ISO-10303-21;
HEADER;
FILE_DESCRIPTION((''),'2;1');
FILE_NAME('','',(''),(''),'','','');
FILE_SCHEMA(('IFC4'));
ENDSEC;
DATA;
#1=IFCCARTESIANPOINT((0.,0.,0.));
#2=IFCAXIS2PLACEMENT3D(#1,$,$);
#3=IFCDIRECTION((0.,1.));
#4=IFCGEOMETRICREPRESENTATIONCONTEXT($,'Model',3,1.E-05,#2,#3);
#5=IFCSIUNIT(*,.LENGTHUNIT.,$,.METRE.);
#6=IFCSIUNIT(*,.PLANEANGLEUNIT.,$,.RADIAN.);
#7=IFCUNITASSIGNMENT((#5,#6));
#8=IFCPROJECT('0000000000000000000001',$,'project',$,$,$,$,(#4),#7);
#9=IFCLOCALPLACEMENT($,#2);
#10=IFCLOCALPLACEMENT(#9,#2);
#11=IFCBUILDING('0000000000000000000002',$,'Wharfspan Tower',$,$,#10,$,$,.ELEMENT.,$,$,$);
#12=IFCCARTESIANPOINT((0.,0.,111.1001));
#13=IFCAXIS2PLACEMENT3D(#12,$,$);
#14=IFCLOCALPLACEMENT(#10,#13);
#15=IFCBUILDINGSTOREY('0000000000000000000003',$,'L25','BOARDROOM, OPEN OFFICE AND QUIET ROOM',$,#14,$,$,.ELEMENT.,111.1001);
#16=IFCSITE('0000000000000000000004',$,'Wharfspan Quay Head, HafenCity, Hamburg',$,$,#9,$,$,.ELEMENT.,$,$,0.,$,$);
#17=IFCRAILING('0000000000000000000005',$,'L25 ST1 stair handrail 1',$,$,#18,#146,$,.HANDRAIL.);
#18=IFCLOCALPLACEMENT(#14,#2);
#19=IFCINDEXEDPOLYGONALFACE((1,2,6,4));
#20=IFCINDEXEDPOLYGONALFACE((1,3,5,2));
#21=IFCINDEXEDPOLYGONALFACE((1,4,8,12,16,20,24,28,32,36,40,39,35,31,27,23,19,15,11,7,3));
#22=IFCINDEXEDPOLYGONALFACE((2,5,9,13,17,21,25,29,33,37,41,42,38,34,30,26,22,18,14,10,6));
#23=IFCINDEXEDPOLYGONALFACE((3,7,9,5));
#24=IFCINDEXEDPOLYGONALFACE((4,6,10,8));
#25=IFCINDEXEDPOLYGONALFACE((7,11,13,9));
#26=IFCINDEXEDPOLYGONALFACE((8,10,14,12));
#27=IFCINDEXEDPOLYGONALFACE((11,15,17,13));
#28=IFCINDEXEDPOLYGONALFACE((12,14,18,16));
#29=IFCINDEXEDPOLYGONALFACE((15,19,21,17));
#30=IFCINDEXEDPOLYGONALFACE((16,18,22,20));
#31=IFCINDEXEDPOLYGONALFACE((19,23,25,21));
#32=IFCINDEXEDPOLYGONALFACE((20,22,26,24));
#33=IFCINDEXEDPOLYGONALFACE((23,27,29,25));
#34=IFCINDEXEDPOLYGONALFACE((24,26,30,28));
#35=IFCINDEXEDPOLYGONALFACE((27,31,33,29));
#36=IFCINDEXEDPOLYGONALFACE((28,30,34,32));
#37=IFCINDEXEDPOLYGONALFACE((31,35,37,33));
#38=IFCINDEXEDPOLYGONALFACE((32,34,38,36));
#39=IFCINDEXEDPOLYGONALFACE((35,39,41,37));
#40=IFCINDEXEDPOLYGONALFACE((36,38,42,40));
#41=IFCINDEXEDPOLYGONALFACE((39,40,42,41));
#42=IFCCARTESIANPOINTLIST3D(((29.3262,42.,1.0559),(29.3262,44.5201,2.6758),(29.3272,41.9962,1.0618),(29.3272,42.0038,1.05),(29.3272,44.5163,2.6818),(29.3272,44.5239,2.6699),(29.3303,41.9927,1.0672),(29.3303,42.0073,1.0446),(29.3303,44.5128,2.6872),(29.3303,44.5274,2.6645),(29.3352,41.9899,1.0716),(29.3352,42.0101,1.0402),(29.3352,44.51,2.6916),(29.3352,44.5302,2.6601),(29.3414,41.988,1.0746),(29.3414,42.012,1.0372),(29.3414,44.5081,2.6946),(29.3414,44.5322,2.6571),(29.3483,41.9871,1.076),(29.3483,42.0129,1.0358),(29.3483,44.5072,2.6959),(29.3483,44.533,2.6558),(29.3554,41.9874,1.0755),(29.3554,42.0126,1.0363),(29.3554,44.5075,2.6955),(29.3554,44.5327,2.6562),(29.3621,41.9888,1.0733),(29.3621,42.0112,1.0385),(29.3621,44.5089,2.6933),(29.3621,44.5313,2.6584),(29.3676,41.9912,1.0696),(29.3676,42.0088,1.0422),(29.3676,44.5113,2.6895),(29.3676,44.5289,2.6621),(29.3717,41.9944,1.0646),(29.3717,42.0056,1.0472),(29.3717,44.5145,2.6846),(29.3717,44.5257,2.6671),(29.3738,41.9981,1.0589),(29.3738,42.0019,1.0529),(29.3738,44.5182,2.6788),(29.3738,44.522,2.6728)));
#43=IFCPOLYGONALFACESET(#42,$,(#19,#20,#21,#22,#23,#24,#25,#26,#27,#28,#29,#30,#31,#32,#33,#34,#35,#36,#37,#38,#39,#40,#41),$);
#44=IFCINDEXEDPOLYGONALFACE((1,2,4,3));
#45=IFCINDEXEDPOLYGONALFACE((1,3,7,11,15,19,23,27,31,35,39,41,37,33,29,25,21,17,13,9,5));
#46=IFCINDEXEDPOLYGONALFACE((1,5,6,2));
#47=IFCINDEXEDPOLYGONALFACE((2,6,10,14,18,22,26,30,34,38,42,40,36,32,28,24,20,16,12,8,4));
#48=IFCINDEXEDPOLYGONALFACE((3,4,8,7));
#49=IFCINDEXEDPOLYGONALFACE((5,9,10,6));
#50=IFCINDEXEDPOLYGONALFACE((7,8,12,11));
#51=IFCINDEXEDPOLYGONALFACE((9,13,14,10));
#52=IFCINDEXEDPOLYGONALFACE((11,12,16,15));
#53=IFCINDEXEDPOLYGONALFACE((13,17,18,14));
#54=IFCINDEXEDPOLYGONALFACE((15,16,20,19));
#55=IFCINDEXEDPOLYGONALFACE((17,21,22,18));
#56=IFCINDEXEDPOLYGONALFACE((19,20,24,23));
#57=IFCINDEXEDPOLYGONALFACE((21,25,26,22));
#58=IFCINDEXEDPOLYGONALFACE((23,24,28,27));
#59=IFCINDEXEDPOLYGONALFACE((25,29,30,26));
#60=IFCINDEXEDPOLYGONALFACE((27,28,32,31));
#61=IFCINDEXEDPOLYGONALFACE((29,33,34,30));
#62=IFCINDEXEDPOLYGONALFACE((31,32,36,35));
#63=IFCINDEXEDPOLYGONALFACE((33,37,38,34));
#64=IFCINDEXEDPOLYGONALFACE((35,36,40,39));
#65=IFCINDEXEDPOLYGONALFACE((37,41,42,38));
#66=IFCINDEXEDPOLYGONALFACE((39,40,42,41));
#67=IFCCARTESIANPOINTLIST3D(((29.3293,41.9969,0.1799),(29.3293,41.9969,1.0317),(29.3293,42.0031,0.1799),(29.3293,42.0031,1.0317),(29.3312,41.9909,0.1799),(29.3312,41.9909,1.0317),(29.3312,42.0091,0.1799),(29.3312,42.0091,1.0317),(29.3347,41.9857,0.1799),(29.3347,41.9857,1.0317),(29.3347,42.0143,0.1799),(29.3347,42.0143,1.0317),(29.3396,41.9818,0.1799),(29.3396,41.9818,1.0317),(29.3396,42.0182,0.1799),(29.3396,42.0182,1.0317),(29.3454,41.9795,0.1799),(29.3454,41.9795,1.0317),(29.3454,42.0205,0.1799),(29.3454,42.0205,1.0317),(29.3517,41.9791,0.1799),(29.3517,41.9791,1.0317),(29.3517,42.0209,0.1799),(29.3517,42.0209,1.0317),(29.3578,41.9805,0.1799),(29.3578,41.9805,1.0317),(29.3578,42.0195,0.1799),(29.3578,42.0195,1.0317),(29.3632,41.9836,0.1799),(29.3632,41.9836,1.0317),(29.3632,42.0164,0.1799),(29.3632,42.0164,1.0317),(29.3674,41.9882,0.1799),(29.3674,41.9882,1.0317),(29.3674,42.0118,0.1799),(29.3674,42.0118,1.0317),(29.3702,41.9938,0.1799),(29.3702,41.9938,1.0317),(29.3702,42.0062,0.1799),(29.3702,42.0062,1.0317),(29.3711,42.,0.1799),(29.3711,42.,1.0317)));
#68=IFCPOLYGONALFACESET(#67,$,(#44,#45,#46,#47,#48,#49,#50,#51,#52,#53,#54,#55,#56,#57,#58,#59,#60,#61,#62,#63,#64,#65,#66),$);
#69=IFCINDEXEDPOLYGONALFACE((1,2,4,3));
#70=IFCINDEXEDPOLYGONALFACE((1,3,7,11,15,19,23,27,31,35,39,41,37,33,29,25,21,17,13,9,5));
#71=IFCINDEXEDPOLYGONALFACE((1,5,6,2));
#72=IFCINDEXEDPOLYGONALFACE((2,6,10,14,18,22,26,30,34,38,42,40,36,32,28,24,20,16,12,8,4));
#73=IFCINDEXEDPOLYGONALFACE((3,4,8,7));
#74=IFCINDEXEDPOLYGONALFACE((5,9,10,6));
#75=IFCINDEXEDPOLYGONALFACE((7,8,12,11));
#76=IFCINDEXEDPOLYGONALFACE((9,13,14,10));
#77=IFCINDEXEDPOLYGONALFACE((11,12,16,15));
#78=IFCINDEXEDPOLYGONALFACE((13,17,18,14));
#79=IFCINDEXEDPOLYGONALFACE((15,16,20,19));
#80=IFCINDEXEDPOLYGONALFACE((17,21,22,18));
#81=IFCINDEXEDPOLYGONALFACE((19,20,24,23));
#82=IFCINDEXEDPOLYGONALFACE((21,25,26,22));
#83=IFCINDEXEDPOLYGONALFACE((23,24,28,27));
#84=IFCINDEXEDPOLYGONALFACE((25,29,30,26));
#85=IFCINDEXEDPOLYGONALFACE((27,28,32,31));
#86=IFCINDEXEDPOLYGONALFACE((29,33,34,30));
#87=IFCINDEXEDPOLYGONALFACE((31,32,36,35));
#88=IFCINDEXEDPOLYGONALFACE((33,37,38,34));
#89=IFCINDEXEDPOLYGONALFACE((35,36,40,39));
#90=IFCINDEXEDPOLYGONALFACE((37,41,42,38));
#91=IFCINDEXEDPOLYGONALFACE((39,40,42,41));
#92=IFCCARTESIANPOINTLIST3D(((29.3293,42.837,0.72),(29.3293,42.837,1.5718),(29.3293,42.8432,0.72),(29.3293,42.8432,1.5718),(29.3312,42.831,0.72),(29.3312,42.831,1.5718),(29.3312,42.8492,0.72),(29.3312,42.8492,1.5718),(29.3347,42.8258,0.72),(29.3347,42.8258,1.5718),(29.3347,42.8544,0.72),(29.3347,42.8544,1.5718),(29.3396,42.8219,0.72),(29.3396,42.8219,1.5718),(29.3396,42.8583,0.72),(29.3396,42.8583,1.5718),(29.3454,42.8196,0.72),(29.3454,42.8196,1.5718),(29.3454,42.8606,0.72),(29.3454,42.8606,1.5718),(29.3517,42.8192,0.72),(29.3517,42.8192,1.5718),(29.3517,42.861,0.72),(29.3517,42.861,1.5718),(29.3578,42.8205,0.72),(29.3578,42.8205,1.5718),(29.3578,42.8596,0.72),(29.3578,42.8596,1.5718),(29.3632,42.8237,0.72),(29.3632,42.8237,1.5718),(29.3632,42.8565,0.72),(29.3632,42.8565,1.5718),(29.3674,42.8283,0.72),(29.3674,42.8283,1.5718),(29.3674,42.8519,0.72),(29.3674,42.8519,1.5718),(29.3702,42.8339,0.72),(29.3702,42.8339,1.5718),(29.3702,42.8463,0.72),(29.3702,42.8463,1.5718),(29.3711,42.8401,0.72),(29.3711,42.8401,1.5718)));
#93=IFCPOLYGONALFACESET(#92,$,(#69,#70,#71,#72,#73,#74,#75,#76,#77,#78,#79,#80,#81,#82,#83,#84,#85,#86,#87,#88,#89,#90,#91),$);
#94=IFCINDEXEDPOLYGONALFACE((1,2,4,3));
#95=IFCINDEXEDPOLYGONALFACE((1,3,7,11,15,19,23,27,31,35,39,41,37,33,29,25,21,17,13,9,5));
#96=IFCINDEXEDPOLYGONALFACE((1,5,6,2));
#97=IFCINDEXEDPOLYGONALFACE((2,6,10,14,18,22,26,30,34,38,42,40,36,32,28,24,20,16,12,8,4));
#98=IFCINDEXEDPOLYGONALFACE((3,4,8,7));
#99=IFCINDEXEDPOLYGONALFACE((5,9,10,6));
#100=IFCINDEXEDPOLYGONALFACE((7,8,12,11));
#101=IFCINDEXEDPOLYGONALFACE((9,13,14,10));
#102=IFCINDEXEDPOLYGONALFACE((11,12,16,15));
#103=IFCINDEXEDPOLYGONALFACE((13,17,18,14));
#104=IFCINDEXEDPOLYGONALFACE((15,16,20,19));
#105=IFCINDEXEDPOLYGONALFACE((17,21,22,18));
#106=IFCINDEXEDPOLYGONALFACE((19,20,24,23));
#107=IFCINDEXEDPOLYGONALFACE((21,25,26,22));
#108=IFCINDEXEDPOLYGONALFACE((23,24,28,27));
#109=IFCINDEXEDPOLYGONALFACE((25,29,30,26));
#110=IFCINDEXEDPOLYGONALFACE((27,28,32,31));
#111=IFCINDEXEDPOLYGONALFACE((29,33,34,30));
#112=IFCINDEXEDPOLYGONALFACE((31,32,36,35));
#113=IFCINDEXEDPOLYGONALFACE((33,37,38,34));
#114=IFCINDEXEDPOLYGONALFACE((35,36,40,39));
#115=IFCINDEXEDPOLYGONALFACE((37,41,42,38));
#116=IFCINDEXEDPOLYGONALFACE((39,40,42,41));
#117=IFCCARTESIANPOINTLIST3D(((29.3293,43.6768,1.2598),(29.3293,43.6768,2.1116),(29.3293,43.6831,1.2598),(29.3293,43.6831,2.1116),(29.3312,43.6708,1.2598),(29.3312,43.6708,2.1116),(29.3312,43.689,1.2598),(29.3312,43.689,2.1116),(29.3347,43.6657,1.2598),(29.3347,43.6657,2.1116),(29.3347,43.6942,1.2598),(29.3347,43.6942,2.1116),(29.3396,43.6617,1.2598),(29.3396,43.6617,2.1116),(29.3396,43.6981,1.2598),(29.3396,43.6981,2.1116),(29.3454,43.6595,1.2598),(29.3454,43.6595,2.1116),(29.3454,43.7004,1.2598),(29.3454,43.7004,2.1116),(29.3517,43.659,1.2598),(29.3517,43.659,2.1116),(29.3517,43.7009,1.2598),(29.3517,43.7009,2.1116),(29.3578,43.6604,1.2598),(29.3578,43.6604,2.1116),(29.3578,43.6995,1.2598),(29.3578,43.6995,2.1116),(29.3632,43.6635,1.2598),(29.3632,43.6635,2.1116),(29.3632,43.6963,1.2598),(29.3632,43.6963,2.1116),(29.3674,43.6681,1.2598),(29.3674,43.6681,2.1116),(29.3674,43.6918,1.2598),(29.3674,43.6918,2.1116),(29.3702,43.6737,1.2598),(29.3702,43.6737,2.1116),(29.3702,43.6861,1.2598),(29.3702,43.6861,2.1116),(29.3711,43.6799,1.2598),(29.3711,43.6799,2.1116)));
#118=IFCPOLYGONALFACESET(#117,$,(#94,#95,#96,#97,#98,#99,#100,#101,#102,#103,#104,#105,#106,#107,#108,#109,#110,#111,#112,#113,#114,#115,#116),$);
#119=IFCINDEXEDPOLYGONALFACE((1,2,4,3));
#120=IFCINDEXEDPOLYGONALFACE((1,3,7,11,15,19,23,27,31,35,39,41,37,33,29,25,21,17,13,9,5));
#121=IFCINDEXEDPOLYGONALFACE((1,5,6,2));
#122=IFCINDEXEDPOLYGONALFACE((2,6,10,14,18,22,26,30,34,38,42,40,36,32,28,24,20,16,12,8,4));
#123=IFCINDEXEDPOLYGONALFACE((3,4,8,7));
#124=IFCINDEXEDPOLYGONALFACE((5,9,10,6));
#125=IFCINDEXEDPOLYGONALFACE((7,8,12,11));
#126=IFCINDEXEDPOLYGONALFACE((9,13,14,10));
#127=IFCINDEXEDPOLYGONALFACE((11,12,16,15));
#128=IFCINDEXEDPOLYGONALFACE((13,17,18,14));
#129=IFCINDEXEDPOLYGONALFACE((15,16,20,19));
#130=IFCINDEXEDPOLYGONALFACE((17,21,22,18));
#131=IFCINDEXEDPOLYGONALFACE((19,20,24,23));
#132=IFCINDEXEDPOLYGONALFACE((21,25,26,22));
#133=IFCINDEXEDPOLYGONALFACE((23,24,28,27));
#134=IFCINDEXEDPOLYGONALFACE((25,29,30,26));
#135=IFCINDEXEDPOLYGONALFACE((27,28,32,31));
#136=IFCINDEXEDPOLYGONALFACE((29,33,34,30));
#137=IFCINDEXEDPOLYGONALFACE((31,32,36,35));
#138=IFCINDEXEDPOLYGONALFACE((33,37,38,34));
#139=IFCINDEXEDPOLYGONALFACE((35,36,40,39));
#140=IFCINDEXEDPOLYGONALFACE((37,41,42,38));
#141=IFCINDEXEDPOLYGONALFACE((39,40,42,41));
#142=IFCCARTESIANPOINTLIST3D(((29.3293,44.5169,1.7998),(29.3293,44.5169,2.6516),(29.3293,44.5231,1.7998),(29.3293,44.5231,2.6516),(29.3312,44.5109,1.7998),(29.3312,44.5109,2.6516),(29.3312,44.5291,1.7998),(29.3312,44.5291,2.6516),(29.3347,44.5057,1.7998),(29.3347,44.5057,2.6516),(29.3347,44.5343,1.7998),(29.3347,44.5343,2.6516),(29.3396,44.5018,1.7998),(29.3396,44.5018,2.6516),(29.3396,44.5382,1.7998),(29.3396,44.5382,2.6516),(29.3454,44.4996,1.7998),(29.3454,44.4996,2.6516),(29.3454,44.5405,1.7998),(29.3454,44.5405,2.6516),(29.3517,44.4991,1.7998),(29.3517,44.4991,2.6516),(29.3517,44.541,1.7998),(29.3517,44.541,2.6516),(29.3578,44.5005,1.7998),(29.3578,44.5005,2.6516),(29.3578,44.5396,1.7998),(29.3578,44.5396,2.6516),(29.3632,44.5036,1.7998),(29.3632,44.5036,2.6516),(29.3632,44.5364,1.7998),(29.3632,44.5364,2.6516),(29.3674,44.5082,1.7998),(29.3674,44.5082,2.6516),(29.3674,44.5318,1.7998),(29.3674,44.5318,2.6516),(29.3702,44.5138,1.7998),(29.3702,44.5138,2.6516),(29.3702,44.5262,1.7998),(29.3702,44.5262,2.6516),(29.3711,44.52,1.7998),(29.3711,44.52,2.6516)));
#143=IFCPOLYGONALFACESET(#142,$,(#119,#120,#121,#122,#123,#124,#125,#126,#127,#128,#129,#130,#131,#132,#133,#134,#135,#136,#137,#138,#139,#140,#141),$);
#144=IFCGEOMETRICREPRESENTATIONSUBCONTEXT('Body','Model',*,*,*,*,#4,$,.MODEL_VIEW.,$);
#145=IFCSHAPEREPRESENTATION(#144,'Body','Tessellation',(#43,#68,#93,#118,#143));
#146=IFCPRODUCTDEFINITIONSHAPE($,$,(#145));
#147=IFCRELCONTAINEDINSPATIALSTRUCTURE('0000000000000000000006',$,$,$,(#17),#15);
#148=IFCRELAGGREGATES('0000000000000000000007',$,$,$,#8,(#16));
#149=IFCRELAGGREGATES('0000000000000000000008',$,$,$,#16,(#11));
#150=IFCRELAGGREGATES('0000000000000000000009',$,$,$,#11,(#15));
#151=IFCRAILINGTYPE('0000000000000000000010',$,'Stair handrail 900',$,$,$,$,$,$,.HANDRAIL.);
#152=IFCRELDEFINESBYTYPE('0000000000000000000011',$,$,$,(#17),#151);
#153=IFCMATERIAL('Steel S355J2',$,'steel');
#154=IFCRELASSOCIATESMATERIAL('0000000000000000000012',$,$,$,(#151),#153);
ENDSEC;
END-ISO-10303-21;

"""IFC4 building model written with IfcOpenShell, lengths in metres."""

from ifc_helpers import new_model, si_unit, direction, frame, origin, origin_2d, place, context, subcontext, project, spatial, circle, extrude, material, type_object, element, save


model = new_model("IFC4")

# Units and contexts
model_context = context("Model", 3, precision=1e-05, world=origin(), true_north=direction((0.0, 1.0)))
body_context = subcontext(model_context, "Body", "Model", "MODEL_VIEW")
ifc_project = project(units=[si_unit("LENGTHUNIT", "METRE"), si_unit("PLANEANGLEUNIT", "RADIAN")], contexts=[model_context])

# Site, building, storey
site_placement = place(None, origin())
site = spatial("IfcSite", under=ifc_project, at=site_placement, Name="Wharfspan Quay Head, HafenCity, Hamburg", CompositionType="ELEMENT", RefElevation=0.0)
building_placement = place(site_placement, origin())
building = spatial("IfcBuilding", under=site, at=building_placement, Name="Wharfspan Tower", CompositionType="ELEMENT")
storey_placement = place(building_placement, frame((0.0, 0.0, 111.1001)))
storey = spatial("IfcBuildingStorey", under=building, at=storey_placement, Name="L25", Description="BOARDROOM, OPEN OFFICE AND QUIET ROOM", CompositionType="ELEMENT", Elevation=111.1001)

# Shared definitions
ifc_material_1 = material(Name="Steel S355J2", Category="steel")

# Railing
railing_type_1 = type_object("IfcRailingType", Name="Stair handrail 900", PredefinedType="HANDRAIL", material=ifc_material_1)
railing_1_placement = place(storey_placement, frame((29.3501, 42.0, 0.1799)))
element("IfcRailing", 1, at=railing_1_placement, inside=storey, type_object=railing_type_1, Name="L25 ST1 stair handrail 1", PredefinedType="HANDRAIL", context=body_context, shape_type="SweptSolid", body=[
    extrude(circle(Radius=0.0239, at=origin_2d()), frame((0.0, 0.0, 0.876), z_axis=(0.0, 0.8412, 0.540725), x_axis=(-1.0, 0.0, 0.0)), (0.0, 0.0, 1.0), 2.9958),
    extrude(circle(Radius=0.021, at=origin_2d()), origin(), (0.0, 0.0, 1.0), 0.8518),
    extrude(circle(Radius=0.021, at=origin_2d()), frame((0.0, 0.8401, 0.54)), (0.0, 0.0, 1.0), 0.8518),
    extrude(circle(Radius=0.021, at=origin_2d()), frame((0.0, 1.6799, 1.0798)), (0.0, 0.0, 1.0), 0.8518),
    extrude(circle(Radius=0.021, at=origin_2d()), frame((0.0, 2.52, 1.6199)), (0.0, 0.0, 1.0), 0.8518),
])

save(model, "model.ifc")
